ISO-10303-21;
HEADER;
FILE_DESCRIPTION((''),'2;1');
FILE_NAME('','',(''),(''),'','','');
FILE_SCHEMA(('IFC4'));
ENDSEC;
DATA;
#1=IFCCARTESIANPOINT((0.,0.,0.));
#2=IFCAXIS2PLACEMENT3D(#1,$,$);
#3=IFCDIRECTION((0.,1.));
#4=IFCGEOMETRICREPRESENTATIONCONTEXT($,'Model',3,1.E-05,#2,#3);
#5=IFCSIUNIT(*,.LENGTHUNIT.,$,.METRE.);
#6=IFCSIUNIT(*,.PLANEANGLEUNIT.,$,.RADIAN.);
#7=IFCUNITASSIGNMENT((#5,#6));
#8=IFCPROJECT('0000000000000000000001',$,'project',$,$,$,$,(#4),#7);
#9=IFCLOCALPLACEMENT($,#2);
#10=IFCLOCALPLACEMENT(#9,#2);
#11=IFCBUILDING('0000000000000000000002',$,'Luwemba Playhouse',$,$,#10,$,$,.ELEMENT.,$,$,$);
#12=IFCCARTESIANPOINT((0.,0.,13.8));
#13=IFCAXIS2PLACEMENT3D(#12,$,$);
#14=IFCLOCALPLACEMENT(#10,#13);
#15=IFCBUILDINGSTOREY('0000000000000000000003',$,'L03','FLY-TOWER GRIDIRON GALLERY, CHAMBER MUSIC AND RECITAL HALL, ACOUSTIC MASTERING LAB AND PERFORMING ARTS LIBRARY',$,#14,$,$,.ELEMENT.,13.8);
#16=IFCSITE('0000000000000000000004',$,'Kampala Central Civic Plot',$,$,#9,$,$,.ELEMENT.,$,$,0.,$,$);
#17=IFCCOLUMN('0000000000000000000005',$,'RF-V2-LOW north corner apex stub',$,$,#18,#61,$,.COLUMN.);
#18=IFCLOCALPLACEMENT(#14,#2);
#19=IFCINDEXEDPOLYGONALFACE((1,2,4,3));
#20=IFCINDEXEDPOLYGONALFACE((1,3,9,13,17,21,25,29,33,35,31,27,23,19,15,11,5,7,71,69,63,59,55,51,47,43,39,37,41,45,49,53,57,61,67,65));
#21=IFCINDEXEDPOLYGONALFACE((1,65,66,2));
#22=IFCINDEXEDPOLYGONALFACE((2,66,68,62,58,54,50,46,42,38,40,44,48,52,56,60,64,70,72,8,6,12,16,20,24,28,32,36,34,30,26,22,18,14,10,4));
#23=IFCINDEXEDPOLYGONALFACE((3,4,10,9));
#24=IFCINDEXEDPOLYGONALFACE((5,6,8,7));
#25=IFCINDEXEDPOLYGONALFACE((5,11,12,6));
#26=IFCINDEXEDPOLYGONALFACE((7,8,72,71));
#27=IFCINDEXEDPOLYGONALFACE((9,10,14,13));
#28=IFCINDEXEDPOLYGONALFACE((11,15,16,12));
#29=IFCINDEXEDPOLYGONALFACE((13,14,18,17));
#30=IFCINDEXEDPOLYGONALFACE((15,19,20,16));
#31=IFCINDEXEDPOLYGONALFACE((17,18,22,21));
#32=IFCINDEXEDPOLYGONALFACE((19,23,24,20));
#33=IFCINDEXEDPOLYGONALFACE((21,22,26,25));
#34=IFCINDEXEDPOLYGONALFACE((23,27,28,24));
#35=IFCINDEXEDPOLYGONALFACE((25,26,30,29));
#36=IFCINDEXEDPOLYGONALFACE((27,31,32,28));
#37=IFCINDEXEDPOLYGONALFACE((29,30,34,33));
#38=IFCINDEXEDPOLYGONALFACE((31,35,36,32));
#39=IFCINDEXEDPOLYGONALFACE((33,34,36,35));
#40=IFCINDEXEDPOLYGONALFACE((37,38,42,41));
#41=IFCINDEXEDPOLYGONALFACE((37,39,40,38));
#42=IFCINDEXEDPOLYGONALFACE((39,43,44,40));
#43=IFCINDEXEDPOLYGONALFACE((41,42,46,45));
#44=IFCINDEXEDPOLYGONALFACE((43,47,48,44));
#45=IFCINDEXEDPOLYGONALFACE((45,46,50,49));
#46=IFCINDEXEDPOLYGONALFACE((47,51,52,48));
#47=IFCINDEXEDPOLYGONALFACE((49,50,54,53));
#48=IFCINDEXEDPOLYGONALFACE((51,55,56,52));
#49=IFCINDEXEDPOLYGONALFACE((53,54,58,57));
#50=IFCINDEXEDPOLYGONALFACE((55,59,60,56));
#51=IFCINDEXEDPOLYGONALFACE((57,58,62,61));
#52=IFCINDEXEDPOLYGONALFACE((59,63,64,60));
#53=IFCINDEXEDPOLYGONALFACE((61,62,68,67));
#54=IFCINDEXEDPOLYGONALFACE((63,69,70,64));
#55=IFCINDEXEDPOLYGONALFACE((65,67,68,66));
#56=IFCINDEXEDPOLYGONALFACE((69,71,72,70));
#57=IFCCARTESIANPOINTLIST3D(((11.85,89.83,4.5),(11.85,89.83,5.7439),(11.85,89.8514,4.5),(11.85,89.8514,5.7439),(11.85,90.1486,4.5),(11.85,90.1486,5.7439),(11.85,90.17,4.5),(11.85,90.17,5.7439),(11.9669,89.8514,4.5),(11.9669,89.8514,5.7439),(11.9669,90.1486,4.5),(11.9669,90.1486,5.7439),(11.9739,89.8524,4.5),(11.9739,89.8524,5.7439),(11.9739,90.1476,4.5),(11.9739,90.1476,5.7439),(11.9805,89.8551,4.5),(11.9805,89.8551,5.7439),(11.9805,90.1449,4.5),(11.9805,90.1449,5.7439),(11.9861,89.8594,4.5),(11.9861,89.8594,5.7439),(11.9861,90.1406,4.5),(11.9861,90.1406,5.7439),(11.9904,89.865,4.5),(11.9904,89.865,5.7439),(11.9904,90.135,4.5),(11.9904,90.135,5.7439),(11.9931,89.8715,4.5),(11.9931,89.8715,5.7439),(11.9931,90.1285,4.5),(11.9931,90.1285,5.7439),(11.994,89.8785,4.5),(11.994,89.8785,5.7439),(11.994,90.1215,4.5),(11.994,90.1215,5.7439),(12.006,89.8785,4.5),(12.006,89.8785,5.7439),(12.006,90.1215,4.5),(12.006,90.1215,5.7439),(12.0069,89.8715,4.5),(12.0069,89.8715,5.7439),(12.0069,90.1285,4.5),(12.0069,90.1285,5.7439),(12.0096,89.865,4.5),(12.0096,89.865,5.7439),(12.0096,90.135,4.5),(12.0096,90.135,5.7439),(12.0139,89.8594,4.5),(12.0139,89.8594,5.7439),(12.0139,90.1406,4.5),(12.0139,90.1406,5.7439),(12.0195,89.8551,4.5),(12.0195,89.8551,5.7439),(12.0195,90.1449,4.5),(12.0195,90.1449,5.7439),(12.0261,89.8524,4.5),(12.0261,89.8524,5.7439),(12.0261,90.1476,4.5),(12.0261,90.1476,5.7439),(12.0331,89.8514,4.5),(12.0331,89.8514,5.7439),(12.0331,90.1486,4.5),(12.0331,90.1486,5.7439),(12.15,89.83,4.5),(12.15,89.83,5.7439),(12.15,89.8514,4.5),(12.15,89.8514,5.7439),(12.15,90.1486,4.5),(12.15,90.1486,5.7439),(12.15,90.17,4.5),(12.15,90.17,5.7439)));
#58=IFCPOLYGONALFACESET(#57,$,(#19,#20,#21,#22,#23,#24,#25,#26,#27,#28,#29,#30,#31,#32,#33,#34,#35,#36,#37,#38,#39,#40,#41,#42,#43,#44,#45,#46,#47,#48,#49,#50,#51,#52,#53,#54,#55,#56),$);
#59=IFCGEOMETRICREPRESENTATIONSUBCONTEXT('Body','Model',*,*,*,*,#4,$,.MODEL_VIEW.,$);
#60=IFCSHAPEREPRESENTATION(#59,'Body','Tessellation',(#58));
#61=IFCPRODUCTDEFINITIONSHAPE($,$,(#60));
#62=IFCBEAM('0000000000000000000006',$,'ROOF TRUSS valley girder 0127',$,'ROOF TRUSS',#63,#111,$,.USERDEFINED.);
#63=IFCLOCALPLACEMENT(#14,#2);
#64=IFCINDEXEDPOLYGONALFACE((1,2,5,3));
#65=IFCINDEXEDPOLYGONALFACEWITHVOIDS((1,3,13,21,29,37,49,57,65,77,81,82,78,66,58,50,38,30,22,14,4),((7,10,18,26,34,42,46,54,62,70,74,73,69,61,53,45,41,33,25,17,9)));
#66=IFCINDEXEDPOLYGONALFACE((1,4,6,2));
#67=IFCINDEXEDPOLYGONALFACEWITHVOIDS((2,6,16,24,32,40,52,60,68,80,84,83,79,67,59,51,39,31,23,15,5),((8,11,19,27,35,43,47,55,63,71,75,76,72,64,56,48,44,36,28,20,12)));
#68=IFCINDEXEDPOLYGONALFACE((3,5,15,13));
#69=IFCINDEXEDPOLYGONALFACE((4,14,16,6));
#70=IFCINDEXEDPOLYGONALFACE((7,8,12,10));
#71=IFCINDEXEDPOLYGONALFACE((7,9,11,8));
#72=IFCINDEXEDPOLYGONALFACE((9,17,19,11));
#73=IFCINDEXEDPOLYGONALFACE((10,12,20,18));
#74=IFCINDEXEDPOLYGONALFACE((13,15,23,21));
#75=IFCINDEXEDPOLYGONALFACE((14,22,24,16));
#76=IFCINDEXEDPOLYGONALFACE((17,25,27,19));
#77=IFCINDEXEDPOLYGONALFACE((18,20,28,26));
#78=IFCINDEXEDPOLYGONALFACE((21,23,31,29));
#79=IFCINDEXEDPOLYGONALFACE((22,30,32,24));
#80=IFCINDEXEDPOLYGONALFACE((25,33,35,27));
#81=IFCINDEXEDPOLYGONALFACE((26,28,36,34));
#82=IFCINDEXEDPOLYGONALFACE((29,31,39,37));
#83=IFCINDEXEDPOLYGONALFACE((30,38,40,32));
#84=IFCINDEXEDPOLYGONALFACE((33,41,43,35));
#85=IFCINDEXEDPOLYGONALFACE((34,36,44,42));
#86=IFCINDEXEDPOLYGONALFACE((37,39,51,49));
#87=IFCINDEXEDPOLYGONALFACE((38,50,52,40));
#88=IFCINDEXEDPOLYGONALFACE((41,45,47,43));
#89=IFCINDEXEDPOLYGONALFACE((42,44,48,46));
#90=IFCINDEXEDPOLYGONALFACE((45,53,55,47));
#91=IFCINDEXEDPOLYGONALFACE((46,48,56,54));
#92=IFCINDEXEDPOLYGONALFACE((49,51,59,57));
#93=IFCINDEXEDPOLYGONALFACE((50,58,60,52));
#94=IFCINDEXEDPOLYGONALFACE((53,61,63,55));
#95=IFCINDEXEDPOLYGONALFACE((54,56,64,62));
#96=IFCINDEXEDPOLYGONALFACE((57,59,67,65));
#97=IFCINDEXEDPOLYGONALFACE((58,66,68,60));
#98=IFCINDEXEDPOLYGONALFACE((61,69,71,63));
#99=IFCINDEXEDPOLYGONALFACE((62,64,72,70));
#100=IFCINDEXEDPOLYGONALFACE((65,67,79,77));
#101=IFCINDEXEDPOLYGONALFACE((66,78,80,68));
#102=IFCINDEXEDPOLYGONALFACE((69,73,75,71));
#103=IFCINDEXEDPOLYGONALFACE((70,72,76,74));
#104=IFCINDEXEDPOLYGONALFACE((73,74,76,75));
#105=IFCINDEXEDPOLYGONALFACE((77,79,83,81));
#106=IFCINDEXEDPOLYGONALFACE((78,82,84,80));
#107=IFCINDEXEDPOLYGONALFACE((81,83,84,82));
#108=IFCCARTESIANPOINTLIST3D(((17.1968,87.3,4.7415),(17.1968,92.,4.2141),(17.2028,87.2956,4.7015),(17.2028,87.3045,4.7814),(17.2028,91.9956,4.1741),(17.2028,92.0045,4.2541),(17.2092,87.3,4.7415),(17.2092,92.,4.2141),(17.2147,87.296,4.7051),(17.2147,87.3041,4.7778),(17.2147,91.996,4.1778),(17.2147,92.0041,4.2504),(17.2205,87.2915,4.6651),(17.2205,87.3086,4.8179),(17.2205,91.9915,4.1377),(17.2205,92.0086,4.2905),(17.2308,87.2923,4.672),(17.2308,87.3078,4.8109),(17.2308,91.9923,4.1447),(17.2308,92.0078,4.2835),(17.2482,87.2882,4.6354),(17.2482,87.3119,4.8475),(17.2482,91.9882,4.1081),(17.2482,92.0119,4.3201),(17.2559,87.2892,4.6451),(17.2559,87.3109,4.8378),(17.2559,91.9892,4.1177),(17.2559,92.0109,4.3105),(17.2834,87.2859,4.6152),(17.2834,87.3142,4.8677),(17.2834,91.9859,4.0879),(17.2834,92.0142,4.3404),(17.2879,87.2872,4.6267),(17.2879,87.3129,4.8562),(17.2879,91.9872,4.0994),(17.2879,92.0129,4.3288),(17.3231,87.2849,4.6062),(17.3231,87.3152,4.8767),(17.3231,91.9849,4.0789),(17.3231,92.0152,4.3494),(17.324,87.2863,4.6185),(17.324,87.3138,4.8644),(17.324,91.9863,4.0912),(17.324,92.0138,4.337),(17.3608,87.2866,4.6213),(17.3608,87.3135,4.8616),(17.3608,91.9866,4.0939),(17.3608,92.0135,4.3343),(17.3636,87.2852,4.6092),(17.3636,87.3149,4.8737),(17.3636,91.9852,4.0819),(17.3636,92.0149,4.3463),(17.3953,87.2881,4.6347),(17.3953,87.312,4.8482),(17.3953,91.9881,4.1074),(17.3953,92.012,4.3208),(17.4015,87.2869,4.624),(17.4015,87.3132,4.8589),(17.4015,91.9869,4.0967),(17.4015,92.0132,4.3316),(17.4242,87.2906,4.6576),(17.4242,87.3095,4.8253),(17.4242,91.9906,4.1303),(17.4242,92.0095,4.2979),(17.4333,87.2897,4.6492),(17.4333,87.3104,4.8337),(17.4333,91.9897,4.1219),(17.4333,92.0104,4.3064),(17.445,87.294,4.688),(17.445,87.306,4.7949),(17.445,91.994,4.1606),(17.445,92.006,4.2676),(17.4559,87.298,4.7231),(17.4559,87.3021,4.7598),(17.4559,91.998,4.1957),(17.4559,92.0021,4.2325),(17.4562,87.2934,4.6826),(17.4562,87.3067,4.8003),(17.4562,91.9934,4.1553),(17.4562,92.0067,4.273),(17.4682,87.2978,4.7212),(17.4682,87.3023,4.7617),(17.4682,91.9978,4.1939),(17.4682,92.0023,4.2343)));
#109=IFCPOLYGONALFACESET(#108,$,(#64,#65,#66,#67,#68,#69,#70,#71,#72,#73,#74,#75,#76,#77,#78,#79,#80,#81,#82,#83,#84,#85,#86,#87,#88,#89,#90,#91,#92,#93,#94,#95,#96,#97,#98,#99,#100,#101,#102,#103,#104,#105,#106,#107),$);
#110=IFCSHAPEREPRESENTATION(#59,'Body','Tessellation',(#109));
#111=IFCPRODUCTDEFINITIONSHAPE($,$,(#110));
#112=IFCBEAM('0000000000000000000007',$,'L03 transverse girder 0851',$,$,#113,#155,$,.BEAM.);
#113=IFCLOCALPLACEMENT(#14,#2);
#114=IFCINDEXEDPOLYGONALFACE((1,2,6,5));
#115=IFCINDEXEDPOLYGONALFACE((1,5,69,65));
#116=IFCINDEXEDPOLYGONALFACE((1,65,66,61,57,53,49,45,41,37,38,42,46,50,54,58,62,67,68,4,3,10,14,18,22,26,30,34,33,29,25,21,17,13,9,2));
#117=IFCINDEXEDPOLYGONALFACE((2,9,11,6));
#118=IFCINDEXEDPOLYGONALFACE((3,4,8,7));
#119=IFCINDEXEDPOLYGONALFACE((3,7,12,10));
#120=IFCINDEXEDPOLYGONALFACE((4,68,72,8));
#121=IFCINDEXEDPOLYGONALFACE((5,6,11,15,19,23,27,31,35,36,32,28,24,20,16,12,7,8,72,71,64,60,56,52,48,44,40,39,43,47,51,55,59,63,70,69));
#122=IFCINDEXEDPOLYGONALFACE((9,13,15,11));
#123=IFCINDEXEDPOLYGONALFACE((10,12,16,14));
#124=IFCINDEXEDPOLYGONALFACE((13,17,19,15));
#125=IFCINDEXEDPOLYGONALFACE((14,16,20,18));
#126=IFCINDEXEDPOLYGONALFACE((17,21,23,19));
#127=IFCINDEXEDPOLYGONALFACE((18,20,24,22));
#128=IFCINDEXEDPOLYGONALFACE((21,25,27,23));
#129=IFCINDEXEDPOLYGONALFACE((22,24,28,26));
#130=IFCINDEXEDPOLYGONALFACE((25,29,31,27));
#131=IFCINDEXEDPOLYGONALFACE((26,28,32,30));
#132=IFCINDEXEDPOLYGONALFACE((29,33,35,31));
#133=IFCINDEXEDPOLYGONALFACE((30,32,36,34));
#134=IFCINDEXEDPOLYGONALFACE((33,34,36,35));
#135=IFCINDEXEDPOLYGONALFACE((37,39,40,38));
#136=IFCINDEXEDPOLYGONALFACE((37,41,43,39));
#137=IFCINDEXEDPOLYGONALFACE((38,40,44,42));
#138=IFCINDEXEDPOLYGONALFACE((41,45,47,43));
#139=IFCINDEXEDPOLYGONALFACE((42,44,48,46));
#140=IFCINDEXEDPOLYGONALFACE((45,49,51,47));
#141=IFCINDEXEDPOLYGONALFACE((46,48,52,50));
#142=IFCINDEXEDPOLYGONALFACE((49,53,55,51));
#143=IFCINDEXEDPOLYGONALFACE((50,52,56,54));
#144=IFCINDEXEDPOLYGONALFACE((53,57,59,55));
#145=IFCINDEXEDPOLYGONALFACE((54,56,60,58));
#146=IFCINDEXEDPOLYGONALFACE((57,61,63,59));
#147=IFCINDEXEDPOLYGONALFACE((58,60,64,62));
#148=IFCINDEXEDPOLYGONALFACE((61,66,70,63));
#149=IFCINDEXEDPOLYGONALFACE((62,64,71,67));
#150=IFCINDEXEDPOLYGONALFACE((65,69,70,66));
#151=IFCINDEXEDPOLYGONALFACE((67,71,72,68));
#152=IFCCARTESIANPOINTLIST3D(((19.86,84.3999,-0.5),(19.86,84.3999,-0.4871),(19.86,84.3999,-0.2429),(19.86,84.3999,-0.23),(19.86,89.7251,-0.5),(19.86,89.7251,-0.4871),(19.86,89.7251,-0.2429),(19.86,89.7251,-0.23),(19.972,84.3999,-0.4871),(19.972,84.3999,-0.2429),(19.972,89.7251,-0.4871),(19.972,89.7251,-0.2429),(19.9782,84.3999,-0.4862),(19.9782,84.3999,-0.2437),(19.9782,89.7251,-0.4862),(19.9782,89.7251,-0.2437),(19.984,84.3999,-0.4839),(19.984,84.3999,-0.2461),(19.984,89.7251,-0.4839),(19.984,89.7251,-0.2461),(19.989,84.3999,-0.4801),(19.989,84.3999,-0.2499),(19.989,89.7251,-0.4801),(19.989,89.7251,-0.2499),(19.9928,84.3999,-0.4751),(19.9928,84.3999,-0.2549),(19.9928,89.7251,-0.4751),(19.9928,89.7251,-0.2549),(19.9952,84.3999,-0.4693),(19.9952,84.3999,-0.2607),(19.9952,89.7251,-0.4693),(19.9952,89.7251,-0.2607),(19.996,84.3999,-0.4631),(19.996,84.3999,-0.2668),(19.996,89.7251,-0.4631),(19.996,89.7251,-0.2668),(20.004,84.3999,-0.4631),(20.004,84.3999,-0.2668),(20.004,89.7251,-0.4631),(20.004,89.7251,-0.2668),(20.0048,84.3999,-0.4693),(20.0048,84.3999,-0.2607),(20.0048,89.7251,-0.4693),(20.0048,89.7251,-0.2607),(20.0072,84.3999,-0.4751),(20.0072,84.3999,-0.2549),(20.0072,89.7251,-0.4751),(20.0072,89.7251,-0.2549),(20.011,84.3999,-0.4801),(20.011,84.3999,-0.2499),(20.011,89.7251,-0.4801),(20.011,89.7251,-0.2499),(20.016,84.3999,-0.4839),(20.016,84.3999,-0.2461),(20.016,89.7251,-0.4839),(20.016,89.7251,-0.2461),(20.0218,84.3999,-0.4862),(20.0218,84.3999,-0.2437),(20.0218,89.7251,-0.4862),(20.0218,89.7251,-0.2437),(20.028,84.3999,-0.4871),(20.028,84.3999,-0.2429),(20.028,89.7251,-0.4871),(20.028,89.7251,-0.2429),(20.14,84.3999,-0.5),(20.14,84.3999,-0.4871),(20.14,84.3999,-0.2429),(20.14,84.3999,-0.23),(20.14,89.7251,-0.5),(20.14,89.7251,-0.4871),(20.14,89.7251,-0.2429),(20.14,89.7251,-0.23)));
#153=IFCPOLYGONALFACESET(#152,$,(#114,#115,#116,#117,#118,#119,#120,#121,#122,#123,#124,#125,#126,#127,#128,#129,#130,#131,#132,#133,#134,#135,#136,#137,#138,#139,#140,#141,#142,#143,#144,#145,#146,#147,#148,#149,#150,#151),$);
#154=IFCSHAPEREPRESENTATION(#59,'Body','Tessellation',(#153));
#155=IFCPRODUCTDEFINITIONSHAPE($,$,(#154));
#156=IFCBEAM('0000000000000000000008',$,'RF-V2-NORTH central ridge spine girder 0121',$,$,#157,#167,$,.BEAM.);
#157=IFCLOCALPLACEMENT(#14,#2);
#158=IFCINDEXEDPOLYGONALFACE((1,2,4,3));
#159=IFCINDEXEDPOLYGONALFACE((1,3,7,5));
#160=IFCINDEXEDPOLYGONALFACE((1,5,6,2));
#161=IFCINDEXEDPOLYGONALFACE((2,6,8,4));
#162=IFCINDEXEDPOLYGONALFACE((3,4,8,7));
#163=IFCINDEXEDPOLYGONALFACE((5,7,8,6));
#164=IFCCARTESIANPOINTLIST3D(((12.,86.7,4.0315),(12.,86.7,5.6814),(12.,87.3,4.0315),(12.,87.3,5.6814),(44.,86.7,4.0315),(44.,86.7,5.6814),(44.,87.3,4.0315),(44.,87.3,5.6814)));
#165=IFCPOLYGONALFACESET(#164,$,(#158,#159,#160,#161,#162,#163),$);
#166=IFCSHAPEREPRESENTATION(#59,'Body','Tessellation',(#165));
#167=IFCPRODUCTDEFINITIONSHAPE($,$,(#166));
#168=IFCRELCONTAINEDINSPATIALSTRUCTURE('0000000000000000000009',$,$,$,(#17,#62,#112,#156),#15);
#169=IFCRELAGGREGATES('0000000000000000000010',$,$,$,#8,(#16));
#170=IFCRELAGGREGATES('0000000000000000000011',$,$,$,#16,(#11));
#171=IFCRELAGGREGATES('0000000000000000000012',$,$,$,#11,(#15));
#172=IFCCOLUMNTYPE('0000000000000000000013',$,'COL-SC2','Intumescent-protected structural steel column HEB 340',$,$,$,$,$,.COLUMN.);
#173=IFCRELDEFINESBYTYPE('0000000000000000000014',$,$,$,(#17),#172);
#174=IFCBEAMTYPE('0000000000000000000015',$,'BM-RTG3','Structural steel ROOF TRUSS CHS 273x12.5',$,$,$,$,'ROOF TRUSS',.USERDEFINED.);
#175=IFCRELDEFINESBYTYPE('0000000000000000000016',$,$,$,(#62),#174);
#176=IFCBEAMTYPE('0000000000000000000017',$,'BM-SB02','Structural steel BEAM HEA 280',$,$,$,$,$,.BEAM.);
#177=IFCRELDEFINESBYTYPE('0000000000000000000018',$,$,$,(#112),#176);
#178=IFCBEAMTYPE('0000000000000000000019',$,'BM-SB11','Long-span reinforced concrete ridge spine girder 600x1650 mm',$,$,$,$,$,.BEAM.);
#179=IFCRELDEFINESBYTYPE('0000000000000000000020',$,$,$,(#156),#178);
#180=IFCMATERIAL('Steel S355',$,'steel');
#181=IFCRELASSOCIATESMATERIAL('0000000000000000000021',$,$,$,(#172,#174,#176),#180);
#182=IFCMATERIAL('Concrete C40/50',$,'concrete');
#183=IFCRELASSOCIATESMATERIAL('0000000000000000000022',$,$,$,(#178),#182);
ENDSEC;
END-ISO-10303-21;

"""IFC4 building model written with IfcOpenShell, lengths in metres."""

from ifc_helpers import new_model, si_unit, direction, frame, origin, origin_2d, place, context, subcontext, project, spatial, rectangle, hollow_circle, i_section, extrude, material, material_profile, profile_set, type_object, element, save


model = new_model("IFC4")

# Units and contexts
model_context = context("Model", 3, precision=1e-05, world=origin(), true_north=direction((0.0, 1.0)))
body_context = subcontext(model_context, "Body", "Model", "MODEL_VIEW")
ifc_project = project(units=[si_unit("LENGTHUNIT", "METRE"), si_unit("PLANEANGLEUNIT", "RADIAN")], contexts=[model_context])

# Site, building, storey
site_placement = place(None, origin())
site = spatial("IfcSite", under=ifc_project, at=site_placement, Name="Kampala Central Civic Plot", CompositionType="ELEMENT", RefElevation=0.0)
building_placement = place(site_placement, origin())
building = spatial("IfcBuilding", under=site, at=building_placement, Name="Luwemba Playhouse", CompositionType="ELEMENT")
storey_placement = place(building_placement, frame((0.0, 0.0, 13.8)))
storey = spatial("IfcBuildingStorey", under=building, at=storey_placement, Name="L03", Description="FLY-TOWER GRIDIRON GALLERY, CHAMBER MUSIC AND RECITAL HALL, ACOUSTIC MASTERING LAB AND PERFORMING ARTS LIBRARY", CompositionType="ELEMENT", Elevation=13.8)

# Column
ifc_material_1 = material(Name="Steel S355", Category="steel")
ifc_material_profile_1 = material_profile(ifc_material_1, i_section(OverallWidth=0.3, OverallDepth=0.3401, WebThickness=0.012, FlangeThickness=0.0215, FilletRadius=0.0271, at=origin_2d()))
ifc_profile_set_1 = profile_set([ifc_material_profile_1], Name="Steel S355")
column_type = type_object("IfcColumnType", Name="COL-SC2", Description="Intumescent-protected structural steel column HEB 340", PredefinedType="COLUMN", material=ifc_profile_set_1)
column_placement = place(storey_placement, frame((12.0, 90.0, 4.5), z_axis=(0.0, 0.0, 1.0), x_axis=(1.0, 0.0, 0.0)))
element("IfcColumn", 1, at=column_placement, inside=storey, type_object=column_type, Name="RF-V2-LOW north corner apex stub", PredefinedType="COLUMN", context=body_context, shape_type="SweptSolid", body=[
    extrude(i_section(OverallWidth=0.3, OverallDepth=0.3401, WebThickness=0.012, FlangeThickness=0.0215, FilletRadius=0.0271, at=origin_2d()), origin(), (0.0, 0.0, 1.0), 1.2439),
])

# Beams
ifc_material_profile_2 = material_profile(ifc_material_1, hollow_circle(Radius=0.1365, WallThickness=0.0125, at=origin_2d()))
ifc_profile_set_2 = profile_set([ifc_material_profile_2], Name="Steel S355")
beam_type_1 = type_object("IfcBeamType", Name="BM-RTG3", Description="Structural steel ROOF TRUSS CHS 273x12.5", ElementType="ROOF TRUSS", PredefinedType="USERDEFINED", material=ifc_profile_set_2)
beam_1_placement = place(storey_placement, frame((17.3333, 87.3, 4.7415), z_axis=(0.0, 0.993764, -0.111502), x_axis=(-1.0, 0.0, 0.0)))
element("IfcBeam", 2, at=beam_1_placement, inside=storey, type_object=beam_type_1, Name="ROOF TRUSS valley girder 0127", ObjectType="ROOF TRUSS", PredefinedType="USERDEFINED", context=body_context, shape_type="SweptSolid", body=[
    extrude(hollow_circle(Radius=0.1365, WallThickness=0.0125, at=origin_2d()), origin(), (0.0, 0.0, 1.0), 4.7295),
])
ifc_material_profile_3 = material_profile(ifc_material_1, i_section(OverallWidth=0.28, OverallDepth=0.27, WebThickness=0.0081, FlangeThickness=0.0129, FilletRadius=0.0239, at=origin_2d()))
ifc_profile_set_3 = profile_set([ifc_material_profile_3], Name="Steel S355")
beam_type_2 = type_object("IfcBeamType", Name="BM-SB02", Description="Structural steel BEAM HEA 280", PredefinedType="BEAM", material=ifc_profile_set_3)
beam_2_placement = place(storey_placement, frame((20.0, 84.3999, -0.365), z_axis=(0.0, 1.0, 0.0), x_axis=(-1.0, 0.0, 0.0)))
element("IfcBeam", 3, at=beam_2_placement, inside=storey, type_object=beam_type_2, Name="L03 transverse girder 0851", PredefinedType="BEAM", context=body_context, shape_type="SweptSolid", body=[
    extrude(i_section(OverallWidth=0.28, OverallDepth=0.27, WebThickness=0.0081, FlangeThickness=0.0129, FilletRadius=0.0239, at=origin_2d()), origin(), (0.0, 0.0, 1.0), 5.3252),
])
ifc_material_2 = material(Name="Concrete C40/50", Category="concrete")
ifc_material_profile_4 = material_profile(ifc_material_2, rectangle(XDim=0.6001, YDim=1.6499, at=origin_2d()))
ifc_profile_set_4 = profile_set([ifc_material_profile_4], Name="Concrete C40/50")
beam_type_3 = type_object("IfcBeamType", Name="BM-SB11", Description="Long-span reinforced concrete ridge spine girder 600x1650 mm", PredefinedType="BEAM", material=ifc_profile_set_4)
beam_3_placement = place(storey_placement, frame((12.0, 87.0, 4.8564), z_axis=(1.0, 0.0, 0.0), x_axis=(0.0, 1.0, 0.0)))
element("IfcBeam", 4, at=beam_3_placement, inside=storey, type_object=beam_type_3, Name="RF-V2-NORTH central ridge spine girder 0121", PredefinedType="BEAM", context=body_context, shape_type="SweptSolid", body=[
    extrude(rectangle(XDim=0.6001, YDim=1.6499, at=origin_2d()), origin(), (0.0, 0.0, 1.0), 32.0),
])

save(model, "model.ifc")
